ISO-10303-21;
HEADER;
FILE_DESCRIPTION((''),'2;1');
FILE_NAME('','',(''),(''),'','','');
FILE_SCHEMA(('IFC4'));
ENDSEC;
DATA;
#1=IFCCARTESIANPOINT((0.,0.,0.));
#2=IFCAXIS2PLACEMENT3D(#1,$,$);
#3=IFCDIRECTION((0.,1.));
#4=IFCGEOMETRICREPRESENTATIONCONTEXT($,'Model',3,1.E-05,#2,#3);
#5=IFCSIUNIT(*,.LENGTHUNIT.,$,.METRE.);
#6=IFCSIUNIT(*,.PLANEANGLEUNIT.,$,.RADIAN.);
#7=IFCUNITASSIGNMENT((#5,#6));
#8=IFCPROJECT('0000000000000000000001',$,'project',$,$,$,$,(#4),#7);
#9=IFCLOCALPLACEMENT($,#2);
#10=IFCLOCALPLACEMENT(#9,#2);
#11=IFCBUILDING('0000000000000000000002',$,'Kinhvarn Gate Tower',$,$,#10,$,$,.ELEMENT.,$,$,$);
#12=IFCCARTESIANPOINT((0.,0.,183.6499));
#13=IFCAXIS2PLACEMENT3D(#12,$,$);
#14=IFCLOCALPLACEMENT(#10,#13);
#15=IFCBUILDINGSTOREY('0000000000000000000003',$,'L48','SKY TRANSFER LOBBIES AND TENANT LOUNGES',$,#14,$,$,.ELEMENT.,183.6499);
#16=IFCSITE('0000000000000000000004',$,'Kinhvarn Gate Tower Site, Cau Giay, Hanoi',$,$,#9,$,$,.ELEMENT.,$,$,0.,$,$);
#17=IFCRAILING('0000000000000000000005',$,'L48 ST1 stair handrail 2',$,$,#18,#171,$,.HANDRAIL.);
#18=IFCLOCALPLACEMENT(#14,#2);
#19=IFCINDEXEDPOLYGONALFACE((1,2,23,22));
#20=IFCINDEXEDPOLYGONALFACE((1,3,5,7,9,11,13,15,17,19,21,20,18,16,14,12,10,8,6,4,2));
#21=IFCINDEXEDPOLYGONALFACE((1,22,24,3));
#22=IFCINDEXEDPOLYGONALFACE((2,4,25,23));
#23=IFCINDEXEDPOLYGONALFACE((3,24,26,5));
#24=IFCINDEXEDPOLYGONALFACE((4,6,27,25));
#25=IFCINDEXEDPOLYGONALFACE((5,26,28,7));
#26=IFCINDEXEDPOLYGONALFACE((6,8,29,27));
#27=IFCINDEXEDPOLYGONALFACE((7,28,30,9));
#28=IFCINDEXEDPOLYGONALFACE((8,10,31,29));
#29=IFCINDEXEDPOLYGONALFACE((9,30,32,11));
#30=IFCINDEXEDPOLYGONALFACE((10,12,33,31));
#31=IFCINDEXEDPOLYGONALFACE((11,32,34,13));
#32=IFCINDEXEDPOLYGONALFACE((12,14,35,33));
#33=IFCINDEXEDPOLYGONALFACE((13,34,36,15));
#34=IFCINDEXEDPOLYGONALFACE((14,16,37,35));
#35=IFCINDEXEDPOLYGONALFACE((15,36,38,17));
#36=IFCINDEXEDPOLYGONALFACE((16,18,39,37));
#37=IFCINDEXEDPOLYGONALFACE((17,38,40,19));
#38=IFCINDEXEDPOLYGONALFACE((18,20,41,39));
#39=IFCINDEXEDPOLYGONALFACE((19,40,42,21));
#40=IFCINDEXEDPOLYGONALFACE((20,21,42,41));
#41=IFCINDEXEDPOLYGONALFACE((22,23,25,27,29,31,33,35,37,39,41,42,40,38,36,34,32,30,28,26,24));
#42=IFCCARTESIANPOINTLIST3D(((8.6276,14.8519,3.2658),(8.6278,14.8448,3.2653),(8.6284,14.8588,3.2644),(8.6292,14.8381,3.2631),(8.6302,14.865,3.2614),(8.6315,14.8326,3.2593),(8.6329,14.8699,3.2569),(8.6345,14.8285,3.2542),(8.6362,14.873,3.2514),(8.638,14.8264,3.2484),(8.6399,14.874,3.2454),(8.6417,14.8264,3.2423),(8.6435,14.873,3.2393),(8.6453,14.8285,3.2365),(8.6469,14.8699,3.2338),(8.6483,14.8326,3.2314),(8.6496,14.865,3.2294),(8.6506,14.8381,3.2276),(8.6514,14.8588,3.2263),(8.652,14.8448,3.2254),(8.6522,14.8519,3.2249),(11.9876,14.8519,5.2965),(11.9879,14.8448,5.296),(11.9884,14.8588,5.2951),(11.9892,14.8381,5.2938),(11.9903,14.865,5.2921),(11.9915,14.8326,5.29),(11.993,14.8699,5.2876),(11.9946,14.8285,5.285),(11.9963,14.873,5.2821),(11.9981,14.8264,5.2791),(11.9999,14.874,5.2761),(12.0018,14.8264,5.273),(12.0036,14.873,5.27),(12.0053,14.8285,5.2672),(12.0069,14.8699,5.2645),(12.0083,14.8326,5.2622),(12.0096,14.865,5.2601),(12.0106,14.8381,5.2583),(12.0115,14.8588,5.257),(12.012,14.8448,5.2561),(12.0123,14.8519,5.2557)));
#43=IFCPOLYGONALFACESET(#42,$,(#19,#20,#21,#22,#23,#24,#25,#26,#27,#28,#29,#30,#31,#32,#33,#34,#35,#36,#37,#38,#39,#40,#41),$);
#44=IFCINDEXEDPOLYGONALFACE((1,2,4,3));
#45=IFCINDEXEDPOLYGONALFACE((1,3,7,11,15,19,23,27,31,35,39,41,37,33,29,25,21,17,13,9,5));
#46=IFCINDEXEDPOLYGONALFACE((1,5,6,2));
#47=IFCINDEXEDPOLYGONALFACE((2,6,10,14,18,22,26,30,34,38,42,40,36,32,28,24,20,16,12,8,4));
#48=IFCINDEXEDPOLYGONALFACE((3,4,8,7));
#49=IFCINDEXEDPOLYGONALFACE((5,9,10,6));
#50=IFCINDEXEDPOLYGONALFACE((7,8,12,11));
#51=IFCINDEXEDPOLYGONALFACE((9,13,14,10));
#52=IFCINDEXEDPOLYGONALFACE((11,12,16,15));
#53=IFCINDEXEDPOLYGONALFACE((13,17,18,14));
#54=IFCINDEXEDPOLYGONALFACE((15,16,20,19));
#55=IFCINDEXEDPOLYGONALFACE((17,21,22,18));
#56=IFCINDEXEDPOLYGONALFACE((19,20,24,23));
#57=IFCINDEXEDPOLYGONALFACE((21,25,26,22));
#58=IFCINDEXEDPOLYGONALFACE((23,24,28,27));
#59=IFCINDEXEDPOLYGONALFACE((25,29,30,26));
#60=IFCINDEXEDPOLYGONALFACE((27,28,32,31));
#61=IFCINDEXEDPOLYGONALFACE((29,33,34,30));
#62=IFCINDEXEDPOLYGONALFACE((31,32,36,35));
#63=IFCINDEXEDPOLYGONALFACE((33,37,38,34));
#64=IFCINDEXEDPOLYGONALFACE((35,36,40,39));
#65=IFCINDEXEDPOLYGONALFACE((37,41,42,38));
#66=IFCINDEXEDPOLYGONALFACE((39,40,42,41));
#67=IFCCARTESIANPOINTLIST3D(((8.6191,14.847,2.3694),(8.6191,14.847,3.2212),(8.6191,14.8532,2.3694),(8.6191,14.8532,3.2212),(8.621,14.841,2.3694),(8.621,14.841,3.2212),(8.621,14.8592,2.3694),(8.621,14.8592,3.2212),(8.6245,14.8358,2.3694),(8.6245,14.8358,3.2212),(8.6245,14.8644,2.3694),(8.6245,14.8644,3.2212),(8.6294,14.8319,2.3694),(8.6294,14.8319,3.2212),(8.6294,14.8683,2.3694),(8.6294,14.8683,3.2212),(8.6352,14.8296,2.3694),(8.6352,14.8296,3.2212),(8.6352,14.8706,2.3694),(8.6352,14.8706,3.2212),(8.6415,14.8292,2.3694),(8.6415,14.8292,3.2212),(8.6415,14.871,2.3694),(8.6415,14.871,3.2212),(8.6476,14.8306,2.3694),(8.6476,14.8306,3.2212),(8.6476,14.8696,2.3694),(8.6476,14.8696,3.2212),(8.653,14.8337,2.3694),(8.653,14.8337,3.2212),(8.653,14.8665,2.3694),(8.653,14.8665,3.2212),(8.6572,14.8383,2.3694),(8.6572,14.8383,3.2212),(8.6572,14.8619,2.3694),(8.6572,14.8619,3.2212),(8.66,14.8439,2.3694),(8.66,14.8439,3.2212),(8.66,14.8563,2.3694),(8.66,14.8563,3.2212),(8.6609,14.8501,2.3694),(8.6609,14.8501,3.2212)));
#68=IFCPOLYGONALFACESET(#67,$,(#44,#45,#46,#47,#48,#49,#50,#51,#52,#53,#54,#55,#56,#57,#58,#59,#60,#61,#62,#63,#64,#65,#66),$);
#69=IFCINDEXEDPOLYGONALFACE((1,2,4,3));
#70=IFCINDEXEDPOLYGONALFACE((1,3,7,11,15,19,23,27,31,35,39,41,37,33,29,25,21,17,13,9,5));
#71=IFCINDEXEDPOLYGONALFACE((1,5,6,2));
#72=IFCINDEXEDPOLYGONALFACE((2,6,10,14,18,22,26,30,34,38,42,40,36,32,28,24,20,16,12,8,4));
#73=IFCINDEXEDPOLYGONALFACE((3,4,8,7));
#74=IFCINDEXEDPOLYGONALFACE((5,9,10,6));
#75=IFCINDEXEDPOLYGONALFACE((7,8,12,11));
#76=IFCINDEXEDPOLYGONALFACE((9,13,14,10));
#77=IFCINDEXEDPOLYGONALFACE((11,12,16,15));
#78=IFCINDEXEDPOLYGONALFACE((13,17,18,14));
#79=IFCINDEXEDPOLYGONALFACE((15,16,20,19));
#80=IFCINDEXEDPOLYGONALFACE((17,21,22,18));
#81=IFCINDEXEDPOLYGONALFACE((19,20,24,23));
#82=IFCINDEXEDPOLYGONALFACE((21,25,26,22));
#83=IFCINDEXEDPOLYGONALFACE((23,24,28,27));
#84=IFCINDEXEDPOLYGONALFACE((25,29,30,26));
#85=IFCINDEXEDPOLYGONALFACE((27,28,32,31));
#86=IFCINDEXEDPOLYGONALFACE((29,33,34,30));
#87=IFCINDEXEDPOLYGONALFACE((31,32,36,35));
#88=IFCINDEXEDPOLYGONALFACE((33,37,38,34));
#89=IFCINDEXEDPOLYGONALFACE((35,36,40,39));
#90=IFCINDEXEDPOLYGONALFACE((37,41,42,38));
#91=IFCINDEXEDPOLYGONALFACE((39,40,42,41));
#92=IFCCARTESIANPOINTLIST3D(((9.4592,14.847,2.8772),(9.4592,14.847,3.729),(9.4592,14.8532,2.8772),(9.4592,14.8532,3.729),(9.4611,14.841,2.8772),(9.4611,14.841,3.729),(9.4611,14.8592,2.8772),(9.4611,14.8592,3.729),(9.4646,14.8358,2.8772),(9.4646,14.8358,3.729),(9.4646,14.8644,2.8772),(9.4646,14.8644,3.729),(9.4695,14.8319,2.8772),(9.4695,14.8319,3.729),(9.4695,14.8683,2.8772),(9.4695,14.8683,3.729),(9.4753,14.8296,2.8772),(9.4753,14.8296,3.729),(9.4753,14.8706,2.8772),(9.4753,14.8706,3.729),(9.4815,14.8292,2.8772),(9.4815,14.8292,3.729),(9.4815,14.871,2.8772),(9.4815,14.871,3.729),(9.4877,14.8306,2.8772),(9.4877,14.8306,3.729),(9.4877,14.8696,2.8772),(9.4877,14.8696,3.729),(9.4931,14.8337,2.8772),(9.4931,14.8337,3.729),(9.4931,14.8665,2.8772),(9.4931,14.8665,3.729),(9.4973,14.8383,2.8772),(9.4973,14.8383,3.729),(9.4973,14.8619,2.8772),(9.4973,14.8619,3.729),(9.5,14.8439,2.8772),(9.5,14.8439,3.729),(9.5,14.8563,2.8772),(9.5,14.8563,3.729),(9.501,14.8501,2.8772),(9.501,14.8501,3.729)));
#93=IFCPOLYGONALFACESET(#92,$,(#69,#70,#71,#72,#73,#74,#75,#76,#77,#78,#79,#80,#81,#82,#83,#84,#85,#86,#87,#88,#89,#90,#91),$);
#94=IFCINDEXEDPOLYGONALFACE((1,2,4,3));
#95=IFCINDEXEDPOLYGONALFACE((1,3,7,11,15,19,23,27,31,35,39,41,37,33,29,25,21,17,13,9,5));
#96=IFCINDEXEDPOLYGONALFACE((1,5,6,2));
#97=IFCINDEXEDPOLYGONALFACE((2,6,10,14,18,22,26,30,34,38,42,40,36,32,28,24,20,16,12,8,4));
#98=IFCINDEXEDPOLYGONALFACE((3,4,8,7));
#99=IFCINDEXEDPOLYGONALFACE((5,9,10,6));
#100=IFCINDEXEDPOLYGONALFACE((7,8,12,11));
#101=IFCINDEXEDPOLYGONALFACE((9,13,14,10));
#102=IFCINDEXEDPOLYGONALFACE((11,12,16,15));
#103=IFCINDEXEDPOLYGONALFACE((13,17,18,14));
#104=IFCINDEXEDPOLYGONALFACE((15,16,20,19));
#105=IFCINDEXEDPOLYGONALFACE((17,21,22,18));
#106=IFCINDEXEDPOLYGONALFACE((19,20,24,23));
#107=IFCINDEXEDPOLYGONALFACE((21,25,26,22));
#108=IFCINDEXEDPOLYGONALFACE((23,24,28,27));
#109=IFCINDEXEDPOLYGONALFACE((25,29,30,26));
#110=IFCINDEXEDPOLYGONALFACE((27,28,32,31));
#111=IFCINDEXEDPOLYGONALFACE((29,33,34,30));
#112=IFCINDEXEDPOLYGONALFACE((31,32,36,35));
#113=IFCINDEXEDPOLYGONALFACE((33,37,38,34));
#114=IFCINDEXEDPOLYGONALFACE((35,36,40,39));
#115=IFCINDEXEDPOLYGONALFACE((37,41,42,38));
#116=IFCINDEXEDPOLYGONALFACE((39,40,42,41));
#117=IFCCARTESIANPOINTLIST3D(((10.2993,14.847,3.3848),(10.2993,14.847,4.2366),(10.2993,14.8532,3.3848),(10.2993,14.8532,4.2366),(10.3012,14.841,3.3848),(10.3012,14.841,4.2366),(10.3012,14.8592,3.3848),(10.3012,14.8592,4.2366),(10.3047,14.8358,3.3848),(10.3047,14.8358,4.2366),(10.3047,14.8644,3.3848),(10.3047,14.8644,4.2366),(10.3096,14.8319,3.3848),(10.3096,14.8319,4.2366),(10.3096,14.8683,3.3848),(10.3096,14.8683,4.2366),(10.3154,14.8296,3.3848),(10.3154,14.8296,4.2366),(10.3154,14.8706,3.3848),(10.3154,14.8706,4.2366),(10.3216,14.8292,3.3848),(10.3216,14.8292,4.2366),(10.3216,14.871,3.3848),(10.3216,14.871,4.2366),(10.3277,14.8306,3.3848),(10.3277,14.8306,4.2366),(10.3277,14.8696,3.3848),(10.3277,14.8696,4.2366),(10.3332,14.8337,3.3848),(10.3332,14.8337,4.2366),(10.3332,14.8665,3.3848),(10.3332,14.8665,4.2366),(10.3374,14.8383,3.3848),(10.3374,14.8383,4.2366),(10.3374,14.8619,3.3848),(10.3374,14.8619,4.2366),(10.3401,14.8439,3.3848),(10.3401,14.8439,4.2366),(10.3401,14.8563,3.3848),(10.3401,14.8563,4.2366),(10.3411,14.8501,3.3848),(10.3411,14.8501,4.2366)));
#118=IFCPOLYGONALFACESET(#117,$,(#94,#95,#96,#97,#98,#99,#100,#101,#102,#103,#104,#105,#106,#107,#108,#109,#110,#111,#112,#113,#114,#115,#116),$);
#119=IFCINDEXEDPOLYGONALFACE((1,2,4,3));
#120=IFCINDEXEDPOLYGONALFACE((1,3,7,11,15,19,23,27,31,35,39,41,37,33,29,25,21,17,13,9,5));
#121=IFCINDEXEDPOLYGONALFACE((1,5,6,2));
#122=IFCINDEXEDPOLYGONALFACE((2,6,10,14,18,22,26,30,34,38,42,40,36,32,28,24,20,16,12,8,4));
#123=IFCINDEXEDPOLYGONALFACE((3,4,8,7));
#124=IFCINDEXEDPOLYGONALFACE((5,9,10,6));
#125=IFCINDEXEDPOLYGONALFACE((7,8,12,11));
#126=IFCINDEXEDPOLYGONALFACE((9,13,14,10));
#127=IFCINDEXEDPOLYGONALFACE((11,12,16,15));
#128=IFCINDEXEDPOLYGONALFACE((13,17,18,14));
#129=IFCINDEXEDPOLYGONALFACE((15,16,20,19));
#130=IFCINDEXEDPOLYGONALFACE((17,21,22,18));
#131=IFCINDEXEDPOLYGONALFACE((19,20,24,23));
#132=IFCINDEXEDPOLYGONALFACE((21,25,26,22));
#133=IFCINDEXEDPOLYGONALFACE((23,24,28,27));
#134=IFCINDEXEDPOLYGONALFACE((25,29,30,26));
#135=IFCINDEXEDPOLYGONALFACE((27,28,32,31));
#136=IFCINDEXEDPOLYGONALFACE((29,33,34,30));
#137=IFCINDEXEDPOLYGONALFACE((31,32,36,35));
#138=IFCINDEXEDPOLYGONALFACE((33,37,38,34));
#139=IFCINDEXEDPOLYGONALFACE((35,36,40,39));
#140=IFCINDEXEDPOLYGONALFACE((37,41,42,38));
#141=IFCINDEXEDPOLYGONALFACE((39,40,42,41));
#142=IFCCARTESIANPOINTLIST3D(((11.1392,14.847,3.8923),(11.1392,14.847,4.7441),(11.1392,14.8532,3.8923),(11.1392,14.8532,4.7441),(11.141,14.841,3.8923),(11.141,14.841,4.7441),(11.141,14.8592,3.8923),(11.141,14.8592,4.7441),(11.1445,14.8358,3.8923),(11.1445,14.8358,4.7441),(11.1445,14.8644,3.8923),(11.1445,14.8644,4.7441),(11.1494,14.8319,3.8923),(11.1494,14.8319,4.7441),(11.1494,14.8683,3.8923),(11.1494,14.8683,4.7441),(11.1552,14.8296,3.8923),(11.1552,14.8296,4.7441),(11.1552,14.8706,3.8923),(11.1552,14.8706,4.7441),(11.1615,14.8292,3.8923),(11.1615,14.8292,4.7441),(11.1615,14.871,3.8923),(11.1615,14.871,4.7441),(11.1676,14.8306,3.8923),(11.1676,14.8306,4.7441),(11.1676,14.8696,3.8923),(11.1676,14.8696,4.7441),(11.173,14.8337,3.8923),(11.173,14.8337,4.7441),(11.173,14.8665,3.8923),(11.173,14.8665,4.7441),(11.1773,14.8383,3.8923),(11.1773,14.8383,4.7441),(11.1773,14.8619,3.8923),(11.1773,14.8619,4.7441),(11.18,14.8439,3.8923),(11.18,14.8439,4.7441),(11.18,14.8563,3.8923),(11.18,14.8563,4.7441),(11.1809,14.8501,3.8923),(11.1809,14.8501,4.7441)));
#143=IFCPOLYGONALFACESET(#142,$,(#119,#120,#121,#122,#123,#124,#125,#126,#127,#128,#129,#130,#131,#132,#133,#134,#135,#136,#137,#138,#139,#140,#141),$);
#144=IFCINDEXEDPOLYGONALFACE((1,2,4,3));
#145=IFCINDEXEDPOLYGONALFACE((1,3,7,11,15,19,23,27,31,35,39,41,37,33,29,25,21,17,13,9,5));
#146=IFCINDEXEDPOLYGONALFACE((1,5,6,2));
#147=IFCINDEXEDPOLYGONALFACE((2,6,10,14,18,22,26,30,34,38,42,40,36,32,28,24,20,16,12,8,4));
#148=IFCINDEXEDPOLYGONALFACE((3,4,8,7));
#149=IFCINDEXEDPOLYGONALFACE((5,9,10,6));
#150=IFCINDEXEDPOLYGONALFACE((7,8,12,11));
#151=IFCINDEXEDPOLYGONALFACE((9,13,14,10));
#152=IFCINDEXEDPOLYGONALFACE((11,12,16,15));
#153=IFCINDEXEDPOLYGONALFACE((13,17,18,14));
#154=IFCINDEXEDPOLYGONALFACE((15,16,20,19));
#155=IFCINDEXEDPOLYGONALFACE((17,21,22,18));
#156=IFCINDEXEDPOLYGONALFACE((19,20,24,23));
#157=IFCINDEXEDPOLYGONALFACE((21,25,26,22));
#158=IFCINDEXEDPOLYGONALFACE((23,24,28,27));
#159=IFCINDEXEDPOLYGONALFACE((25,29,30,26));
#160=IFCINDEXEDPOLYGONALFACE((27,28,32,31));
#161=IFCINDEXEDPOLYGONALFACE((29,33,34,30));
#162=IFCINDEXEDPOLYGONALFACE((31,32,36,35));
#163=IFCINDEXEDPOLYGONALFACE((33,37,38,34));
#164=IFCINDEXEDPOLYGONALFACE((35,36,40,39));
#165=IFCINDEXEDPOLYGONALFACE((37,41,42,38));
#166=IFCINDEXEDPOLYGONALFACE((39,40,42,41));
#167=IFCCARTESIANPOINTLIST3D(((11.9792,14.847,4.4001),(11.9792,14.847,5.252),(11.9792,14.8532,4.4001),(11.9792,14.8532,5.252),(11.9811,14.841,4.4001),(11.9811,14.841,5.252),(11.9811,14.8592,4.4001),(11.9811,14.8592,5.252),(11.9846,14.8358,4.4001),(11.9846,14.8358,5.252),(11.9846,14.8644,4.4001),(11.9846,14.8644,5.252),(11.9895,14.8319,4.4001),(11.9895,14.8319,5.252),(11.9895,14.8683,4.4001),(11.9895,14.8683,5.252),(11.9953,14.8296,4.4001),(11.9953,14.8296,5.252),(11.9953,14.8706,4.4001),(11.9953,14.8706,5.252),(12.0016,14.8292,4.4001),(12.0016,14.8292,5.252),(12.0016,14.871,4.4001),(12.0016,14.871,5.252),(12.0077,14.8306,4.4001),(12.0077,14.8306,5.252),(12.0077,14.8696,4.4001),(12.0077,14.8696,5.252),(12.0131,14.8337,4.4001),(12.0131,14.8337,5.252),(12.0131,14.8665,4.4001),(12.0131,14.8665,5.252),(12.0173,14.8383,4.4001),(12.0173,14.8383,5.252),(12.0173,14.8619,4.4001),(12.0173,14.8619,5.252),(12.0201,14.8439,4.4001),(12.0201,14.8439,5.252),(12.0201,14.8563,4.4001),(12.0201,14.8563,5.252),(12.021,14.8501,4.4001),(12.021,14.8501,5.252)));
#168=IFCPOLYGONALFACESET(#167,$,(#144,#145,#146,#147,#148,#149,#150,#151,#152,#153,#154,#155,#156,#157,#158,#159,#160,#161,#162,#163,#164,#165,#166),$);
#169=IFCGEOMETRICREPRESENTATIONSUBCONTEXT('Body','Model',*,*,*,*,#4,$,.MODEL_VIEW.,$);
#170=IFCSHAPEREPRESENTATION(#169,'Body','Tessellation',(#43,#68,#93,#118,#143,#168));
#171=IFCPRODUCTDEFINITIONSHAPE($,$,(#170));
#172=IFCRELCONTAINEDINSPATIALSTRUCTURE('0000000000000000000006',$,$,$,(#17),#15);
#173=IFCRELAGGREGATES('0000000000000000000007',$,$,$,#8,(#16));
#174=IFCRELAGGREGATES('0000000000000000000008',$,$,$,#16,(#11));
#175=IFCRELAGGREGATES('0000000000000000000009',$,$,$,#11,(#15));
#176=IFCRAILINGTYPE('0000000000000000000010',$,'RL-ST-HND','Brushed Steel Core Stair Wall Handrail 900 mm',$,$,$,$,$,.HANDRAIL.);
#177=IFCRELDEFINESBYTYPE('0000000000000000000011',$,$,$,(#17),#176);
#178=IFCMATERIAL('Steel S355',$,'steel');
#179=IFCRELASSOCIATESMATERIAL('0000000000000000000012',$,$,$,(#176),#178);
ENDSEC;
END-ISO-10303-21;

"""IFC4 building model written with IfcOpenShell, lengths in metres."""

from ifc_helpers import new_model, si_unit, direction, frame, origin, origin_2d, place, context, subcontext, project, spatial, circle, extrude, material, type_object, element, save


model = new_model("IFC4")

# Units and contexts
model_context = context("Model", 3, precision=1e-05, world=origin(), true_north=direction((0.0, 1.0)))
body_context = subcontext(model_context, "Body", "Model", "MODEL_VIEW")
ifc_project = project(units=[si_unit("LENGTHUNIT", "METRE"), si_unit("PLANEANGLEUNIT", "RADIAN")], contexts=[model_context])

# Site, building, storey
site_placement = place(None, origin())
site = spatial("IfcSite", under=ifc_project, at=site_placement, Name="Kinhvarn Gate Tower Site, Cau Giay, Hanoi", CompositionType="ELEMENT", RefElevation=0.0)
building_placement = place(site_placement, origin())
building = spatial("IfcBuilding", under=site, at=building_placement, Name="Kinhvarn Gate Tower", CompositionType="ELEMENT")
storey_placement = place(building_placement, frame((0.0, 0.0, 183.6499)))
storey = spatial("IfcBuildingStorey", under=building, at=storey_placement, Name="L48", Description="SKY TRANSFER LOBBIES AND TENANT LOUNGES", CompositionType="ELEMENT", Elevation=183.6499)

# Shared definitions
ifc_material_1 = material(Name="Steel S355", Category="steel")

# Railing
railing_type_1 = type_object("IfcRailingType", Name="RL-ST-HND", Description="Brushed Steel Core Stair Wall Handrail 900 mm", PredefinedType="HANDRAIL", material=ifc_material_1)
railing_1_placement = place(storey_placement, frame((8.6399, 14.8501, 2.3694)))
element("IfcRailing", 1, at=railing_1_placement, inside=storey, type_object=railing_type_1, Name="L48 ST1 stair handrail 2", PredefinedType="HANDRAIL", context=body_context, shape_type="SweptSolid", body=[
    extrude(circle(Radius=0.0239, at=origin_2d()), frame((0.0, 0.0, 0.876), z_axis=(0.855837, 0.0, 0.517246), x_axis=(0.0, 1.0, 0.0)), (0.0, 0.0, 1.0), 3.926),
    extrude(circle(Radius=0.021, at=origin_2d()), origin(), (0.0, 0.0, 1.0), 0.8518),
    extrude(circle(Radius=0.021, at=origin_2d()), frame((0.8401, 0.0, 0.5078)), (0.0, 0.0, 1.0), 0.8518),
    extrude(circle(Radius=0.021, at=origin_2d()), frame((1.6802, 0.0, 1.0154)), (0.0, 0.0, 1.0), 0.8518),
    extrude(circle(Radius=0.021, at=origin_2d()), frame((2.52, 0.0, 1.5229)), (0.0, 0.0, 1.0), 0.8518),
    extrude(circle(Radius=0.021, at=origin_2d()), frame((3.3601, 0.0, 2.0308)), (0.0, 0.0, 1.0), 0.8518),
])

save(model, "model.ifc")
